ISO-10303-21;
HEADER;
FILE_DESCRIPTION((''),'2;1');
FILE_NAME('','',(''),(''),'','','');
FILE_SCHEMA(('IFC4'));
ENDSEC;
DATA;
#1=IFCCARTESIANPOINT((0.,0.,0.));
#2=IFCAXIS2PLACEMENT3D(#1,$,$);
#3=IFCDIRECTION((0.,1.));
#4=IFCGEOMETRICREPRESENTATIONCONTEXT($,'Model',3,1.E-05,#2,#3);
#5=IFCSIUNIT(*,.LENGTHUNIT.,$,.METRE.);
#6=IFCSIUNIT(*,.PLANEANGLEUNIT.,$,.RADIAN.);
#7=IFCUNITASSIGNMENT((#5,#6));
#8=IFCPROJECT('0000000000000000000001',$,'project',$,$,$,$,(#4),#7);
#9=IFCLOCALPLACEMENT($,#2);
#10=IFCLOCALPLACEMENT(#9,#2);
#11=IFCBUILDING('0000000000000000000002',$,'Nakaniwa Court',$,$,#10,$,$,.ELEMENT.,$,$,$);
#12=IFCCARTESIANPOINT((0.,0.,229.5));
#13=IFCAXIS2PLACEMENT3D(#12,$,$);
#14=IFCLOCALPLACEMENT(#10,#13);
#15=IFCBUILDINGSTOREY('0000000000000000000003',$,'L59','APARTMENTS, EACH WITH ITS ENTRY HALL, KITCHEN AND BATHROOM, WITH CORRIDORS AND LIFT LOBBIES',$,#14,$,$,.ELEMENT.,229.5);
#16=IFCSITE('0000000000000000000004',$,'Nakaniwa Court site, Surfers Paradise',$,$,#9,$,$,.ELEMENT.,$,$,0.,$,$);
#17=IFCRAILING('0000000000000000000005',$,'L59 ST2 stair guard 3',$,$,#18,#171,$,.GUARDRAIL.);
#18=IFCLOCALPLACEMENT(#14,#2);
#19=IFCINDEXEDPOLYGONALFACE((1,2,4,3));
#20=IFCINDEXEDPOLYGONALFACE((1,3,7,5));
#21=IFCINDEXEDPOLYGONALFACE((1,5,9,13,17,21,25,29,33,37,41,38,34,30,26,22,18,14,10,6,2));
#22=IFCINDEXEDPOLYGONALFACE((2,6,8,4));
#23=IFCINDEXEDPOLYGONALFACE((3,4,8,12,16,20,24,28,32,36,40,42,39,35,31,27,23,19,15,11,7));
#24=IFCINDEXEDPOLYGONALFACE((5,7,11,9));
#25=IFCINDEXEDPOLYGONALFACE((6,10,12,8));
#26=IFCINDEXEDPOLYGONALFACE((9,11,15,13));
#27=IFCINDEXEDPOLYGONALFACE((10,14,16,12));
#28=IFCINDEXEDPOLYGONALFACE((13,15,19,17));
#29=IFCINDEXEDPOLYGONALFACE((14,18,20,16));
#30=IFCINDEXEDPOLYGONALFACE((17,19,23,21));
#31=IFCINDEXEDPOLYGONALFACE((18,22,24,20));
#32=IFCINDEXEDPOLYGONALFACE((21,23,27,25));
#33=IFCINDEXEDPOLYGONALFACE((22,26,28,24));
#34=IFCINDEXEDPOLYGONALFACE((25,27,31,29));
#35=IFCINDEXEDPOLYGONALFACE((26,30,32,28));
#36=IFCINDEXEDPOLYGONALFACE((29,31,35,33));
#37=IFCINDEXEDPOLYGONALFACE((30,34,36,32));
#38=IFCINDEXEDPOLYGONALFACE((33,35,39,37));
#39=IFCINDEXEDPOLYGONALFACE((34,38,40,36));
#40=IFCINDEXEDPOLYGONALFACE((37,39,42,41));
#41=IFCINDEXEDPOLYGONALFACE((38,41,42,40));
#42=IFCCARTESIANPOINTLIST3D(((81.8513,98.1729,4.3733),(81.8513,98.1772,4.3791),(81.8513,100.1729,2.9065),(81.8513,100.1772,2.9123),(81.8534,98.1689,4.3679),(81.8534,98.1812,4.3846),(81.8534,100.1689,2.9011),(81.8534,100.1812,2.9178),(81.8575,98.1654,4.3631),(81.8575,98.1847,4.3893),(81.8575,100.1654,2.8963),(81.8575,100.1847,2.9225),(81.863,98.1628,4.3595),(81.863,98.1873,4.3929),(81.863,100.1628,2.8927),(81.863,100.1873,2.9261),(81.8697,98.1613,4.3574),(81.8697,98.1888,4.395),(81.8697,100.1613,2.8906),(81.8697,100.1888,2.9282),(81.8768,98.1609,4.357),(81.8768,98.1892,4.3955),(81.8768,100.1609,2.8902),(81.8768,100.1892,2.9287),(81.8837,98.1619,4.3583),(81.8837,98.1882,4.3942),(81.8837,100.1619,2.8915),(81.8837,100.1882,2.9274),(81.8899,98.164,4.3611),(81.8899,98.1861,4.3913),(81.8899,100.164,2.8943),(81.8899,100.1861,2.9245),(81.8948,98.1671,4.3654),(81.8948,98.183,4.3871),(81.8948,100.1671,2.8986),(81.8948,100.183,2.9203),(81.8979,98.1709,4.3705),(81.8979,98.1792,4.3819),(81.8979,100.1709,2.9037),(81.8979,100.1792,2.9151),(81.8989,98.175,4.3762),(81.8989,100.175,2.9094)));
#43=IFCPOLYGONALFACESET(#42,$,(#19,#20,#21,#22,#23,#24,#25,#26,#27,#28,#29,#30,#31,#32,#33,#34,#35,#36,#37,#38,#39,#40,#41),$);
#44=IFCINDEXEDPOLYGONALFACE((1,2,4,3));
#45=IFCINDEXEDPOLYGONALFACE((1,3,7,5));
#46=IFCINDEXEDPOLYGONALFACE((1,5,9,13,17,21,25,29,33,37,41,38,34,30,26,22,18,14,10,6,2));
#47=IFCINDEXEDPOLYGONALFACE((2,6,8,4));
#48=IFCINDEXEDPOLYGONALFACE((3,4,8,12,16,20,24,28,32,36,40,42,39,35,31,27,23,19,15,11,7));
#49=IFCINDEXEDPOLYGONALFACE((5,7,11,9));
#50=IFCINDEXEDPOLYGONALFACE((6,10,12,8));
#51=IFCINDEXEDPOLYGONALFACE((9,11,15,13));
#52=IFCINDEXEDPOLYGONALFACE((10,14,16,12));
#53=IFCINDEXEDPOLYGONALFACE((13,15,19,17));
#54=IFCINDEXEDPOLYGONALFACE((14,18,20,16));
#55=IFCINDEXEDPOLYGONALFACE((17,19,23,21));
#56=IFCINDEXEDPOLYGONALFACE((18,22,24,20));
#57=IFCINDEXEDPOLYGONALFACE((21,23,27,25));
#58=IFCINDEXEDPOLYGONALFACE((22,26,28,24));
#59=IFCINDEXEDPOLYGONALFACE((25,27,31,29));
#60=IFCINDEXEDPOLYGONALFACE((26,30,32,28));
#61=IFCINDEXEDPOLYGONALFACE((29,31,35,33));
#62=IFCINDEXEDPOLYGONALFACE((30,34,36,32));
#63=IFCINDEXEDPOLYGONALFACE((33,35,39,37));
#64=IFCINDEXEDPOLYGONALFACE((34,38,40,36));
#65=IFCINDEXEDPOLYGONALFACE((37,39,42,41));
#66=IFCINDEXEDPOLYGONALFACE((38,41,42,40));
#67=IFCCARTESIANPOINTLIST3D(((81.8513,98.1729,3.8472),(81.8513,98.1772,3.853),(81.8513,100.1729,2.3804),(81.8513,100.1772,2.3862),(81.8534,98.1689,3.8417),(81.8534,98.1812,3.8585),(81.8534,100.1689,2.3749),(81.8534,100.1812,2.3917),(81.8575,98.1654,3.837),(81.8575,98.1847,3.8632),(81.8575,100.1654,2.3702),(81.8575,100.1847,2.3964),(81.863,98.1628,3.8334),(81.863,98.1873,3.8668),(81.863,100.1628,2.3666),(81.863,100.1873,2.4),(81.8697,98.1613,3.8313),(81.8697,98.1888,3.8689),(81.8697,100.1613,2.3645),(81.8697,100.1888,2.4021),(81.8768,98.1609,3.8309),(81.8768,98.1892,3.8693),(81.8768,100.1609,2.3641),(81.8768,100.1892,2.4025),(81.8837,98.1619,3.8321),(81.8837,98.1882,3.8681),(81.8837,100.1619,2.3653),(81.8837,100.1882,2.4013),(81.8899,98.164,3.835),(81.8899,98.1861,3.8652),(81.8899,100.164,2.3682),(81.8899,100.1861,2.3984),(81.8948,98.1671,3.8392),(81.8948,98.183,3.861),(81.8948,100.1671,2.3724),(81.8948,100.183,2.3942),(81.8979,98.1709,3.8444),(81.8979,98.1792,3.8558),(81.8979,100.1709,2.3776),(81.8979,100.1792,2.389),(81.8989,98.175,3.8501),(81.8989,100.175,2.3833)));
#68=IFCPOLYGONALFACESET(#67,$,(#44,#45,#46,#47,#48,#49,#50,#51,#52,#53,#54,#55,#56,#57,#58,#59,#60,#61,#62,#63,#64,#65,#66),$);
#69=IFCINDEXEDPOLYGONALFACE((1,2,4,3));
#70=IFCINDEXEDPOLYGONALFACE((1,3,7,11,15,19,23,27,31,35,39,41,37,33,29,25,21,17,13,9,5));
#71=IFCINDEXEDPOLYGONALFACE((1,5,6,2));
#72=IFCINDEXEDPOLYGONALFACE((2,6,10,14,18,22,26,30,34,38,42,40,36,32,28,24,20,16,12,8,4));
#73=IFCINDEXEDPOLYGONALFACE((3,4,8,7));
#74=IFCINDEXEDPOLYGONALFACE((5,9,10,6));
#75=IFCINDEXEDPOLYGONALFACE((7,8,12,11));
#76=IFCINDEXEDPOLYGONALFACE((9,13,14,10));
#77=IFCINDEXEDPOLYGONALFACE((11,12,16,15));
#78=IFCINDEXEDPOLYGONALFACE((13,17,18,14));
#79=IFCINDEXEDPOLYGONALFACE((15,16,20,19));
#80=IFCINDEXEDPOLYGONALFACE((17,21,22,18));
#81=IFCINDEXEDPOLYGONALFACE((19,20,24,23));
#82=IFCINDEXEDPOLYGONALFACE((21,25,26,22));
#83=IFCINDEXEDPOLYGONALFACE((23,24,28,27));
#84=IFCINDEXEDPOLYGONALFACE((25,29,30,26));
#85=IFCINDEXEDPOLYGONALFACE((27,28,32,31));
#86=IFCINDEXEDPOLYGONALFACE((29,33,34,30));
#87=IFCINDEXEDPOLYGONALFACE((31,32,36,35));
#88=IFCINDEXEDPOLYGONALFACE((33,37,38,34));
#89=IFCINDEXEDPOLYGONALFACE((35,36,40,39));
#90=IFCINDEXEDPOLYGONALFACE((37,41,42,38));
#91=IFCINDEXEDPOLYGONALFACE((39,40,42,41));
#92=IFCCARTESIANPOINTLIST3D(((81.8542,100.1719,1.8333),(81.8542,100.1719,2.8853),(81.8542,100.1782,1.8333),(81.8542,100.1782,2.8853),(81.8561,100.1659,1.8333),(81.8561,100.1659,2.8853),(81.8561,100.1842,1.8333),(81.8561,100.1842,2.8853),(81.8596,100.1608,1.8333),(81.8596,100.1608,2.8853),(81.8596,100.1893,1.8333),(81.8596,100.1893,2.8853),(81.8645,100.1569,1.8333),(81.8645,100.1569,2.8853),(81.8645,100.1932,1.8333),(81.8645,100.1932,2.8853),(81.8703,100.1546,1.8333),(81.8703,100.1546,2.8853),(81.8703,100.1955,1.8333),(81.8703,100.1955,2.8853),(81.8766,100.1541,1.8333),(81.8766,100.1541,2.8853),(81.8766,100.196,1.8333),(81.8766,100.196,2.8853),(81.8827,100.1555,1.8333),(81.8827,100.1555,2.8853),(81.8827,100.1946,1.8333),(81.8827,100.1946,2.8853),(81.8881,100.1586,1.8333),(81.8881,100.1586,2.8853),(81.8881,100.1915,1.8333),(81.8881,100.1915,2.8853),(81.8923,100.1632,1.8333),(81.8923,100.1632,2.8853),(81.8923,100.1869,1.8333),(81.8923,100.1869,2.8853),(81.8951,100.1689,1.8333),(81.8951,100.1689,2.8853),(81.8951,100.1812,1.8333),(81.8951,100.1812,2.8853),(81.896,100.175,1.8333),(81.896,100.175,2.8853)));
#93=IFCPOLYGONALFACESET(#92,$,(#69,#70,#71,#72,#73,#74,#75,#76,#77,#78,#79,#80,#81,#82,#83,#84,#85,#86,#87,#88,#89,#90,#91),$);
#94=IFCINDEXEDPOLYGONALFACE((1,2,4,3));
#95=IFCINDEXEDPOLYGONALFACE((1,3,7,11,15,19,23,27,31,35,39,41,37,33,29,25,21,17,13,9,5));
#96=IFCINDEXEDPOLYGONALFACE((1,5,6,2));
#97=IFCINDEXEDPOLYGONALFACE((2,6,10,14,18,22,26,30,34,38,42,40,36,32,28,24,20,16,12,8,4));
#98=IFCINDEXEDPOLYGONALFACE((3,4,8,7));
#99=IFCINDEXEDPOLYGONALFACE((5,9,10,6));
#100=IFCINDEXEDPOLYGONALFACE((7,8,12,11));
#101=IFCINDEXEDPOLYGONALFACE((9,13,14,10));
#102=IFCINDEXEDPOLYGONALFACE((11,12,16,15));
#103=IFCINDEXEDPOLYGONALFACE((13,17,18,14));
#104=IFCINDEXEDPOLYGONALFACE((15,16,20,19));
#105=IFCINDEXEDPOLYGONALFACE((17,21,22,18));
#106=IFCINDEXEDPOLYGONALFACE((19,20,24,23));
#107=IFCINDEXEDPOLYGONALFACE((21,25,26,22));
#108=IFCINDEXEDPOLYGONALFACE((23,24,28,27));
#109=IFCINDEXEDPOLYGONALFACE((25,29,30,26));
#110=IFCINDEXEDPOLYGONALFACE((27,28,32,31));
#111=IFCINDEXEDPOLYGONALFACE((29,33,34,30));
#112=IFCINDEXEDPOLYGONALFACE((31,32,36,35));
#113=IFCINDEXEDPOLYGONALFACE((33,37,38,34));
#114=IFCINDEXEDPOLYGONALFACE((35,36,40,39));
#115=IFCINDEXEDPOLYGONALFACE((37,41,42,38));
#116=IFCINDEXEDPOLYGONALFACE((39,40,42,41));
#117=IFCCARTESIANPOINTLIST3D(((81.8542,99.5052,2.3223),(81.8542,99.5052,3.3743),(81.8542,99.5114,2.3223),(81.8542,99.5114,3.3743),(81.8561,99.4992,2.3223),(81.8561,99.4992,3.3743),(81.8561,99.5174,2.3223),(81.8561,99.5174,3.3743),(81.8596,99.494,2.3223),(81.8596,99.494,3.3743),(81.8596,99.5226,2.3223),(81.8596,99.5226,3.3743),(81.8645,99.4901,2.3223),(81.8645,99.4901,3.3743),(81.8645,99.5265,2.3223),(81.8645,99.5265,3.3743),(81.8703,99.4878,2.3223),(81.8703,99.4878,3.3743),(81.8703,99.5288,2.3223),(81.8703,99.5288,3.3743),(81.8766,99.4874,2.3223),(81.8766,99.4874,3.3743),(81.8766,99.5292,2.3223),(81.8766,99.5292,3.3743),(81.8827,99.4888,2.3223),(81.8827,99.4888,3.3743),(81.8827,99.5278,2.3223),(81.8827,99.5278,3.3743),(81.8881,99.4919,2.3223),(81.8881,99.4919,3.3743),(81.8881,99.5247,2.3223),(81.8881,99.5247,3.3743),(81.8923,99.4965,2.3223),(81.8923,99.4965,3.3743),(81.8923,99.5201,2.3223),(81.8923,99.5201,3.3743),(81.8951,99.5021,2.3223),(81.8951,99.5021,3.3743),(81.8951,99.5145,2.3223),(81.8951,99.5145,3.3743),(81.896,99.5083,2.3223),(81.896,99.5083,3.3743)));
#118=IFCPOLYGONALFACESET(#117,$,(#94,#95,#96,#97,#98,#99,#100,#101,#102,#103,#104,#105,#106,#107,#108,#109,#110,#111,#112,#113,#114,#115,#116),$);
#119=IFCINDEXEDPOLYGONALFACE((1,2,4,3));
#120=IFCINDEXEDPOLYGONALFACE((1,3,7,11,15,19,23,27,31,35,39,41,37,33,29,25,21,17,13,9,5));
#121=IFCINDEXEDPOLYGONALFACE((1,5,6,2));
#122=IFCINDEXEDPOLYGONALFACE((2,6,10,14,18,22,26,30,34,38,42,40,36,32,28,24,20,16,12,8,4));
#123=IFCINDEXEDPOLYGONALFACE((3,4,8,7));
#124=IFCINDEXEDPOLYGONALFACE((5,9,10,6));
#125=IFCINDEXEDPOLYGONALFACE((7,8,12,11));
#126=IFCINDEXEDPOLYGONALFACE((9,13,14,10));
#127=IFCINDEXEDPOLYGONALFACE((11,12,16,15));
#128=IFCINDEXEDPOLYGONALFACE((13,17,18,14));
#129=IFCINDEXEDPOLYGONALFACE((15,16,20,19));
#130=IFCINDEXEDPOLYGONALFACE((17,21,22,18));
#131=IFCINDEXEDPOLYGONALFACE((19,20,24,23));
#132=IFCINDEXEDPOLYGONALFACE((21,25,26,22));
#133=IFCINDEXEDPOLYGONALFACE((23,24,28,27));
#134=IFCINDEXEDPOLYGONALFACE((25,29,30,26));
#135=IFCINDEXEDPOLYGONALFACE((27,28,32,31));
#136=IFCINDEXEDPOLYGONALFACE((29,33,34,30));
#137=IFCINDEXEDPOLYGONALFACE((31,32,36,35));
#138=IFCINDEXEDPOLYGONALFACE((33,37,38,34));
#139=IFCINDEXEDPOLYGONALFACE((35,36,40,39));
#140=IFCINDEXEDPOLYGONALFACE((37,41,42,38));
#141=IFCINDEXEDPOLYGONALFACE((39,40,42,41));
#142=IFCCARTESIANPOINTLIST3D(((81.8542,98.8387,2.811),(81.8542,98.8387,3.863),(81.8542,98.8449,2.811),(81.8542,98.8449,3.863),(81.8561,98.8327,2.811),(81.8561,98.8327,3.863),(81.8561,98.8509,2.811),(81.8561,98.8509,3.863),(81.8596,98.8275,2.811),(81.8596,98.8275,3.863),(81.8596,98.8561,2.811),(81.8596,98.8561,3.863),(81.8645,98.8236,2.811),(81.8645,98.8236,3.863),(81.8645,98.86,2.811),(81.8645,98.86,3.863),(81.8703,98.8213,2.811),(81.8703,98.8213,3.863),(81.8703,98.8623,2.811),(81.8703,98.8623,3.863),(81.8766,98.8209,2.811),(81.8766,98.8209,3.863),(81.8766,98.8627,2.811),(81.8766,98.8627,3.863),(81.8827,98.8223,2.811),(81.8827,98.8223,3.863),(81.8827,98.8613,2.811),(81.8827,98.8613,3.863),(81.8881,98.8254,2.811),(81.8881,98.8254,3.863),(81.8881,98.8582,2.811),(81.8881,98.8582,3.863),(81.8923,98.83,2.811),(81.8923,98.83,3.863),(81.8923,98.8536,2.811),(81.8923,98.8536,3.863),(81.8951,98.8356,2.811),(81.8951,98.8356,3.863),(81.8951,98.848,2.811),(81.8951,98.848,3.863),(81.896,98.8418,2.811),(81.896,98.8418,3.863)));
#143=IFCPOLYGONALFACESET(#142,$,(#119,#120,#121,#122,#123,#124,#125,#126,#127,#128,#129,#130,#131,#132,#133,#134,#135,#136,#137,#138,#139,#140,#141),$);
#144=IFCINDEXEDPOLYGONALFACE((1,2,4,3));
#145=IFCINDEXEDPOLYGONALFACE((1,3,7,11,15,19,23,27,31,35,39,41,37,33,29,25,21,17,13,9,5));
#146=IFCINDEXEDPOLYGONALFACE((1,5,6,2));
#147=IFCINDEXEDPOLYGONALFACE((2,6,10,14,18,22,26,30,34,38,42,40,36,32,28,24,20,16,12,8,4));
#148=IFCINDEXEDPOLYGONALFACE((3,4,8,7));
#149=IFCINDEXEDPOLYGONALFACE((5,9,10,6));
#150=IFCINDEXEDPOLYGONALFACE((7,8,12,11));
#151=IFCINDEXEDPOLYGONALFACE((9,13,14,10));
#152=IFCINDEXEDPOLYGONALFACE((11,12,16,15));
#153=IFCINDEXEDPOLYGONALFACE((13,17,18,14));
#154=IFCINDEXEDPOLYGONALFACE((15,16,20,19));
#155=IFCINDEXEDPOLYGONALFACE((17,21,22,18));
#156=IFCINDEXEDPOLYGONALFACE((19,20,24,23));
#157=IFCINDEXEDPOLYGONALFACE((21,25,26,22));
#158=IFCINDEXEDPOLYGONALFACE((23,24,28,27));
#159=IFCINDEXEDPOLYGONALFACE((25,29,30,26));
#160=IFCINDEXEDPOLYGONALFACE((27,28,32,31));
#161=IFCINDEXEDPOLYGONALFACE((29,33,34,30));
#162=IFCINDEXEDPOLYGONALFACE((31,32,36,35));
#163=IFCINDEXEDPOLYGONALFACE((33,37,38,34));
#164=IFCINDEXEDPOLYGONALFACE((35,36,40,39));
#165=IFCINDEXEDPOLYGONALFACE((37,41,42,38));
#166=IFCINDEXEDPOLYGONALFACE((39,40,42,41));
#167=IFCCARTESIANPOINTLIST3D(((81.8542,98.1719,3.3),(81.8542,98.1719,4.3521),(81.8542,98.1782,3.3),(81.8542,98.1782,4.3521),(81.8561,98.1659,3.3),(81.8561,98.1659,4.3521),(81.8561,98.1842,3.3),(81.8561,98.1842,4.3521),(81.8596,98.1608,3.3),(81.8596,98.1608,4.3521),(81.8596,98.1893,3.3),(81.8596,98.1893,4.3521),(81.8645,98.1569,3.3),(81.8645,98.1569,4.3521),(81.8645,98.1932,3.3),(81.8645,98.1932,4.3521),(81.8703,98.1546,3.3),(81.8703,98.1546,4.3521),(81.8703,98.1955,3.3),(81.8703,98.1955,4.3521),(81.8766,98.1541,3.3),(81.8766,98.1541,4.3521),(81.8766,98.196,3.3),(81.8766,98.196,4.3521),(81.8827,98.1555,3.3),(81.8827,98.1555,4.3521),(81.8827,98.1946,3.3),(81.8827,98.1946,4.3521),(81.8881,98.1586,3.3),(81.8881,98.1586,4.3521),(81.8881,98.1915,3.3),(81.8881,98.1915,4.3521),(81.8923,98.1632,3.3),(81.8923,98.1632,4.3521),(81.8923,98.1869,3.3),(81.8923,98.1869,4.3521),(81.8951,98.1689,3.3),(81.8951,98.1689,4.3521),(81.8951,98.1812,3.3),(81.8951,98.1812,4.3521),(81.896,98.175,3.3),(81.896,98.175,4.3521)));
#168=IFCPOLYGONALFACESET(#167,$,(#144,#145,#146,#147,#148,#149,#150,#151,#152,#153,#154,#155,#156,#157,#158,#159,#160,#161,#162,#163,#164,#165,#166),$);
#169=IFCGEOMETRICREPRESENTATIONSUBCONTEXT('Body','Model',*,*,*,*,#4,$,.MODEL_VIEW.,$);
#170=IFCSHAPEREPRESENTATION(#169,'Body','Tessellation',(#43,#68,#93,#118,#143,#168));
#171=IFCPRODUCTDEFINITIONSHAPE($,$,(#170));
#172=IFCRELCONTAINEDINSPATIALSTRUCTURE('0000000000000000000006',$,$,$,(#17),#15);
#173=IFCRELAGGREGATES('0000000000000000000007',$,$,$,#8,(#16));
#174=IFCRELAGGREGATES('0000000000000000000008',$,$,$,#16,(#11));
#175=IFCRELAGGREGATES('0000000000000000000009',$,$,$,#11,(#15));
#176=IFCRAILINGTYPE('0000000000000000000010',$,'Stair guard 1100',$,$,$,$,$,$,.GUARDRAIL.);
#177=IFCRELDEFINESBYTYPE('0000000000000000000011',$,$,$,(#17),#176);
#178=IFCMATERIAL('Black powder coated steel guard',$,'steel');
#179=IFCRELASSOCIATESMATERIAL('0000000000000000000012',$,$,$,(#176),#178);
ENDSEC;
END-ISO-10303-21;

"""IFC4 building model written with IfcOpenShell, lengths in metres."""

from ifc_helpers import new_model, si_unit, direction, frame, origin, origin_2d, place, context, subcontext, project, spatial, circle, extrude, material, type_object, element, save


model = new_model("IFC4")

# Units and contexts
model_context = context("Model", 3, precision=1e-05, world=origin(), true_north=direction((0.0, 1.0)))
body_context = subcontext(model_context, "Body", "Model", "MODEL_VIEW")
ifc_project = project(units=[si_unit("LENGTHUNIT", "METRE"), si_unit("PLANEANGLEUNIT", "RADIAN")], contexts=[model_context])

# Site, building, storey
site_placement = place(None, origin())
site = spatial("IfcSite", under=ifc_project, at=site_placement, Name="Nakaniwa Court site, Surfers Paradise", CompositionType="ELEMENT", RefElevation=0.0)
building_placement = place(site_placement, origin())
building = spatial("IfcBuilding", under=site, at=building_placement, Name="Nakaniwa Court", CompositionType="ELEMENT")
storey_placement = place(building_placement, frame((0.0, 0.0, 229.5)))
storey = spatial("IfcBuildingStorey", under=building, at=storey_placement, Name="L59", Description="APARTMENTS, EACH WITH ITS ENTRY HALL, KITCHEN AND BATHROOM, WITH CORRIDORS AND LIFT LOBBIES", CompositionType="ELEMENT", Elevation=229.5)

# Railing
ifc_material_1 = material(Name="Black powder coated steel guard", Category="steel")
railing_type_1 = type_object("IfcRailingType", Name="Stair guard 1100", PredefinedType="GUARDRAIL", material=ifc_material_1)
railing_1_placement = place(storey_placement, frame((81.875, 100.175, 1.8333)))
element("IfcRailing", 1, at=railing_1_placement, inside=storey, type_object=railing_type_1, Name="L59 ST2 stair guard 3", PredefinedType="GUARDRAIL", context=body_context, shape_type="SweptSolid", body=[
    extrude(circle(Radius=0.0239, at=origin_2d()), frame((0.0, 0.0, 1.0762), z_axis=(0.0, -0.80638, 0.591398), x_axis=(1.0, 0.0, 0.0)), (0.0, 0.0, 1.0), 2.4802),
    extrude(circle(Radius=0.0239, at=origin_2d()), frame((0.0, 0.0, 0.55), z_axis=(0.0, -0.80638, 0.591398), x_axis=(1.0, 0.0, 0.0)), (0.0, 0.0, 1.0), 2.4802),
    extrude(circle(Radius=0.021, at=origin_2d()), origin(), (0.0, 0.0, 1.0), 1.052),
    extrude(circle(Radius=0.021, at=origin_2d()), frame((0.0, -0.6667, 0.489)), (0.0, 0.0, 1.0), 1.052),
    extrude(circle(Radius=0.021, at=origin_2d()), frame((0.0, -1.3333, 0.9778)), (0.0, 0.0, 1.0), 1.052),
    extrude(circle(Radius=0.021, at=origin_2d()), frame((0.0, -2.0, 1.4668)), (0.0, 0.0, 1.0), 1.052),
])

save(model, "model.ifc")
